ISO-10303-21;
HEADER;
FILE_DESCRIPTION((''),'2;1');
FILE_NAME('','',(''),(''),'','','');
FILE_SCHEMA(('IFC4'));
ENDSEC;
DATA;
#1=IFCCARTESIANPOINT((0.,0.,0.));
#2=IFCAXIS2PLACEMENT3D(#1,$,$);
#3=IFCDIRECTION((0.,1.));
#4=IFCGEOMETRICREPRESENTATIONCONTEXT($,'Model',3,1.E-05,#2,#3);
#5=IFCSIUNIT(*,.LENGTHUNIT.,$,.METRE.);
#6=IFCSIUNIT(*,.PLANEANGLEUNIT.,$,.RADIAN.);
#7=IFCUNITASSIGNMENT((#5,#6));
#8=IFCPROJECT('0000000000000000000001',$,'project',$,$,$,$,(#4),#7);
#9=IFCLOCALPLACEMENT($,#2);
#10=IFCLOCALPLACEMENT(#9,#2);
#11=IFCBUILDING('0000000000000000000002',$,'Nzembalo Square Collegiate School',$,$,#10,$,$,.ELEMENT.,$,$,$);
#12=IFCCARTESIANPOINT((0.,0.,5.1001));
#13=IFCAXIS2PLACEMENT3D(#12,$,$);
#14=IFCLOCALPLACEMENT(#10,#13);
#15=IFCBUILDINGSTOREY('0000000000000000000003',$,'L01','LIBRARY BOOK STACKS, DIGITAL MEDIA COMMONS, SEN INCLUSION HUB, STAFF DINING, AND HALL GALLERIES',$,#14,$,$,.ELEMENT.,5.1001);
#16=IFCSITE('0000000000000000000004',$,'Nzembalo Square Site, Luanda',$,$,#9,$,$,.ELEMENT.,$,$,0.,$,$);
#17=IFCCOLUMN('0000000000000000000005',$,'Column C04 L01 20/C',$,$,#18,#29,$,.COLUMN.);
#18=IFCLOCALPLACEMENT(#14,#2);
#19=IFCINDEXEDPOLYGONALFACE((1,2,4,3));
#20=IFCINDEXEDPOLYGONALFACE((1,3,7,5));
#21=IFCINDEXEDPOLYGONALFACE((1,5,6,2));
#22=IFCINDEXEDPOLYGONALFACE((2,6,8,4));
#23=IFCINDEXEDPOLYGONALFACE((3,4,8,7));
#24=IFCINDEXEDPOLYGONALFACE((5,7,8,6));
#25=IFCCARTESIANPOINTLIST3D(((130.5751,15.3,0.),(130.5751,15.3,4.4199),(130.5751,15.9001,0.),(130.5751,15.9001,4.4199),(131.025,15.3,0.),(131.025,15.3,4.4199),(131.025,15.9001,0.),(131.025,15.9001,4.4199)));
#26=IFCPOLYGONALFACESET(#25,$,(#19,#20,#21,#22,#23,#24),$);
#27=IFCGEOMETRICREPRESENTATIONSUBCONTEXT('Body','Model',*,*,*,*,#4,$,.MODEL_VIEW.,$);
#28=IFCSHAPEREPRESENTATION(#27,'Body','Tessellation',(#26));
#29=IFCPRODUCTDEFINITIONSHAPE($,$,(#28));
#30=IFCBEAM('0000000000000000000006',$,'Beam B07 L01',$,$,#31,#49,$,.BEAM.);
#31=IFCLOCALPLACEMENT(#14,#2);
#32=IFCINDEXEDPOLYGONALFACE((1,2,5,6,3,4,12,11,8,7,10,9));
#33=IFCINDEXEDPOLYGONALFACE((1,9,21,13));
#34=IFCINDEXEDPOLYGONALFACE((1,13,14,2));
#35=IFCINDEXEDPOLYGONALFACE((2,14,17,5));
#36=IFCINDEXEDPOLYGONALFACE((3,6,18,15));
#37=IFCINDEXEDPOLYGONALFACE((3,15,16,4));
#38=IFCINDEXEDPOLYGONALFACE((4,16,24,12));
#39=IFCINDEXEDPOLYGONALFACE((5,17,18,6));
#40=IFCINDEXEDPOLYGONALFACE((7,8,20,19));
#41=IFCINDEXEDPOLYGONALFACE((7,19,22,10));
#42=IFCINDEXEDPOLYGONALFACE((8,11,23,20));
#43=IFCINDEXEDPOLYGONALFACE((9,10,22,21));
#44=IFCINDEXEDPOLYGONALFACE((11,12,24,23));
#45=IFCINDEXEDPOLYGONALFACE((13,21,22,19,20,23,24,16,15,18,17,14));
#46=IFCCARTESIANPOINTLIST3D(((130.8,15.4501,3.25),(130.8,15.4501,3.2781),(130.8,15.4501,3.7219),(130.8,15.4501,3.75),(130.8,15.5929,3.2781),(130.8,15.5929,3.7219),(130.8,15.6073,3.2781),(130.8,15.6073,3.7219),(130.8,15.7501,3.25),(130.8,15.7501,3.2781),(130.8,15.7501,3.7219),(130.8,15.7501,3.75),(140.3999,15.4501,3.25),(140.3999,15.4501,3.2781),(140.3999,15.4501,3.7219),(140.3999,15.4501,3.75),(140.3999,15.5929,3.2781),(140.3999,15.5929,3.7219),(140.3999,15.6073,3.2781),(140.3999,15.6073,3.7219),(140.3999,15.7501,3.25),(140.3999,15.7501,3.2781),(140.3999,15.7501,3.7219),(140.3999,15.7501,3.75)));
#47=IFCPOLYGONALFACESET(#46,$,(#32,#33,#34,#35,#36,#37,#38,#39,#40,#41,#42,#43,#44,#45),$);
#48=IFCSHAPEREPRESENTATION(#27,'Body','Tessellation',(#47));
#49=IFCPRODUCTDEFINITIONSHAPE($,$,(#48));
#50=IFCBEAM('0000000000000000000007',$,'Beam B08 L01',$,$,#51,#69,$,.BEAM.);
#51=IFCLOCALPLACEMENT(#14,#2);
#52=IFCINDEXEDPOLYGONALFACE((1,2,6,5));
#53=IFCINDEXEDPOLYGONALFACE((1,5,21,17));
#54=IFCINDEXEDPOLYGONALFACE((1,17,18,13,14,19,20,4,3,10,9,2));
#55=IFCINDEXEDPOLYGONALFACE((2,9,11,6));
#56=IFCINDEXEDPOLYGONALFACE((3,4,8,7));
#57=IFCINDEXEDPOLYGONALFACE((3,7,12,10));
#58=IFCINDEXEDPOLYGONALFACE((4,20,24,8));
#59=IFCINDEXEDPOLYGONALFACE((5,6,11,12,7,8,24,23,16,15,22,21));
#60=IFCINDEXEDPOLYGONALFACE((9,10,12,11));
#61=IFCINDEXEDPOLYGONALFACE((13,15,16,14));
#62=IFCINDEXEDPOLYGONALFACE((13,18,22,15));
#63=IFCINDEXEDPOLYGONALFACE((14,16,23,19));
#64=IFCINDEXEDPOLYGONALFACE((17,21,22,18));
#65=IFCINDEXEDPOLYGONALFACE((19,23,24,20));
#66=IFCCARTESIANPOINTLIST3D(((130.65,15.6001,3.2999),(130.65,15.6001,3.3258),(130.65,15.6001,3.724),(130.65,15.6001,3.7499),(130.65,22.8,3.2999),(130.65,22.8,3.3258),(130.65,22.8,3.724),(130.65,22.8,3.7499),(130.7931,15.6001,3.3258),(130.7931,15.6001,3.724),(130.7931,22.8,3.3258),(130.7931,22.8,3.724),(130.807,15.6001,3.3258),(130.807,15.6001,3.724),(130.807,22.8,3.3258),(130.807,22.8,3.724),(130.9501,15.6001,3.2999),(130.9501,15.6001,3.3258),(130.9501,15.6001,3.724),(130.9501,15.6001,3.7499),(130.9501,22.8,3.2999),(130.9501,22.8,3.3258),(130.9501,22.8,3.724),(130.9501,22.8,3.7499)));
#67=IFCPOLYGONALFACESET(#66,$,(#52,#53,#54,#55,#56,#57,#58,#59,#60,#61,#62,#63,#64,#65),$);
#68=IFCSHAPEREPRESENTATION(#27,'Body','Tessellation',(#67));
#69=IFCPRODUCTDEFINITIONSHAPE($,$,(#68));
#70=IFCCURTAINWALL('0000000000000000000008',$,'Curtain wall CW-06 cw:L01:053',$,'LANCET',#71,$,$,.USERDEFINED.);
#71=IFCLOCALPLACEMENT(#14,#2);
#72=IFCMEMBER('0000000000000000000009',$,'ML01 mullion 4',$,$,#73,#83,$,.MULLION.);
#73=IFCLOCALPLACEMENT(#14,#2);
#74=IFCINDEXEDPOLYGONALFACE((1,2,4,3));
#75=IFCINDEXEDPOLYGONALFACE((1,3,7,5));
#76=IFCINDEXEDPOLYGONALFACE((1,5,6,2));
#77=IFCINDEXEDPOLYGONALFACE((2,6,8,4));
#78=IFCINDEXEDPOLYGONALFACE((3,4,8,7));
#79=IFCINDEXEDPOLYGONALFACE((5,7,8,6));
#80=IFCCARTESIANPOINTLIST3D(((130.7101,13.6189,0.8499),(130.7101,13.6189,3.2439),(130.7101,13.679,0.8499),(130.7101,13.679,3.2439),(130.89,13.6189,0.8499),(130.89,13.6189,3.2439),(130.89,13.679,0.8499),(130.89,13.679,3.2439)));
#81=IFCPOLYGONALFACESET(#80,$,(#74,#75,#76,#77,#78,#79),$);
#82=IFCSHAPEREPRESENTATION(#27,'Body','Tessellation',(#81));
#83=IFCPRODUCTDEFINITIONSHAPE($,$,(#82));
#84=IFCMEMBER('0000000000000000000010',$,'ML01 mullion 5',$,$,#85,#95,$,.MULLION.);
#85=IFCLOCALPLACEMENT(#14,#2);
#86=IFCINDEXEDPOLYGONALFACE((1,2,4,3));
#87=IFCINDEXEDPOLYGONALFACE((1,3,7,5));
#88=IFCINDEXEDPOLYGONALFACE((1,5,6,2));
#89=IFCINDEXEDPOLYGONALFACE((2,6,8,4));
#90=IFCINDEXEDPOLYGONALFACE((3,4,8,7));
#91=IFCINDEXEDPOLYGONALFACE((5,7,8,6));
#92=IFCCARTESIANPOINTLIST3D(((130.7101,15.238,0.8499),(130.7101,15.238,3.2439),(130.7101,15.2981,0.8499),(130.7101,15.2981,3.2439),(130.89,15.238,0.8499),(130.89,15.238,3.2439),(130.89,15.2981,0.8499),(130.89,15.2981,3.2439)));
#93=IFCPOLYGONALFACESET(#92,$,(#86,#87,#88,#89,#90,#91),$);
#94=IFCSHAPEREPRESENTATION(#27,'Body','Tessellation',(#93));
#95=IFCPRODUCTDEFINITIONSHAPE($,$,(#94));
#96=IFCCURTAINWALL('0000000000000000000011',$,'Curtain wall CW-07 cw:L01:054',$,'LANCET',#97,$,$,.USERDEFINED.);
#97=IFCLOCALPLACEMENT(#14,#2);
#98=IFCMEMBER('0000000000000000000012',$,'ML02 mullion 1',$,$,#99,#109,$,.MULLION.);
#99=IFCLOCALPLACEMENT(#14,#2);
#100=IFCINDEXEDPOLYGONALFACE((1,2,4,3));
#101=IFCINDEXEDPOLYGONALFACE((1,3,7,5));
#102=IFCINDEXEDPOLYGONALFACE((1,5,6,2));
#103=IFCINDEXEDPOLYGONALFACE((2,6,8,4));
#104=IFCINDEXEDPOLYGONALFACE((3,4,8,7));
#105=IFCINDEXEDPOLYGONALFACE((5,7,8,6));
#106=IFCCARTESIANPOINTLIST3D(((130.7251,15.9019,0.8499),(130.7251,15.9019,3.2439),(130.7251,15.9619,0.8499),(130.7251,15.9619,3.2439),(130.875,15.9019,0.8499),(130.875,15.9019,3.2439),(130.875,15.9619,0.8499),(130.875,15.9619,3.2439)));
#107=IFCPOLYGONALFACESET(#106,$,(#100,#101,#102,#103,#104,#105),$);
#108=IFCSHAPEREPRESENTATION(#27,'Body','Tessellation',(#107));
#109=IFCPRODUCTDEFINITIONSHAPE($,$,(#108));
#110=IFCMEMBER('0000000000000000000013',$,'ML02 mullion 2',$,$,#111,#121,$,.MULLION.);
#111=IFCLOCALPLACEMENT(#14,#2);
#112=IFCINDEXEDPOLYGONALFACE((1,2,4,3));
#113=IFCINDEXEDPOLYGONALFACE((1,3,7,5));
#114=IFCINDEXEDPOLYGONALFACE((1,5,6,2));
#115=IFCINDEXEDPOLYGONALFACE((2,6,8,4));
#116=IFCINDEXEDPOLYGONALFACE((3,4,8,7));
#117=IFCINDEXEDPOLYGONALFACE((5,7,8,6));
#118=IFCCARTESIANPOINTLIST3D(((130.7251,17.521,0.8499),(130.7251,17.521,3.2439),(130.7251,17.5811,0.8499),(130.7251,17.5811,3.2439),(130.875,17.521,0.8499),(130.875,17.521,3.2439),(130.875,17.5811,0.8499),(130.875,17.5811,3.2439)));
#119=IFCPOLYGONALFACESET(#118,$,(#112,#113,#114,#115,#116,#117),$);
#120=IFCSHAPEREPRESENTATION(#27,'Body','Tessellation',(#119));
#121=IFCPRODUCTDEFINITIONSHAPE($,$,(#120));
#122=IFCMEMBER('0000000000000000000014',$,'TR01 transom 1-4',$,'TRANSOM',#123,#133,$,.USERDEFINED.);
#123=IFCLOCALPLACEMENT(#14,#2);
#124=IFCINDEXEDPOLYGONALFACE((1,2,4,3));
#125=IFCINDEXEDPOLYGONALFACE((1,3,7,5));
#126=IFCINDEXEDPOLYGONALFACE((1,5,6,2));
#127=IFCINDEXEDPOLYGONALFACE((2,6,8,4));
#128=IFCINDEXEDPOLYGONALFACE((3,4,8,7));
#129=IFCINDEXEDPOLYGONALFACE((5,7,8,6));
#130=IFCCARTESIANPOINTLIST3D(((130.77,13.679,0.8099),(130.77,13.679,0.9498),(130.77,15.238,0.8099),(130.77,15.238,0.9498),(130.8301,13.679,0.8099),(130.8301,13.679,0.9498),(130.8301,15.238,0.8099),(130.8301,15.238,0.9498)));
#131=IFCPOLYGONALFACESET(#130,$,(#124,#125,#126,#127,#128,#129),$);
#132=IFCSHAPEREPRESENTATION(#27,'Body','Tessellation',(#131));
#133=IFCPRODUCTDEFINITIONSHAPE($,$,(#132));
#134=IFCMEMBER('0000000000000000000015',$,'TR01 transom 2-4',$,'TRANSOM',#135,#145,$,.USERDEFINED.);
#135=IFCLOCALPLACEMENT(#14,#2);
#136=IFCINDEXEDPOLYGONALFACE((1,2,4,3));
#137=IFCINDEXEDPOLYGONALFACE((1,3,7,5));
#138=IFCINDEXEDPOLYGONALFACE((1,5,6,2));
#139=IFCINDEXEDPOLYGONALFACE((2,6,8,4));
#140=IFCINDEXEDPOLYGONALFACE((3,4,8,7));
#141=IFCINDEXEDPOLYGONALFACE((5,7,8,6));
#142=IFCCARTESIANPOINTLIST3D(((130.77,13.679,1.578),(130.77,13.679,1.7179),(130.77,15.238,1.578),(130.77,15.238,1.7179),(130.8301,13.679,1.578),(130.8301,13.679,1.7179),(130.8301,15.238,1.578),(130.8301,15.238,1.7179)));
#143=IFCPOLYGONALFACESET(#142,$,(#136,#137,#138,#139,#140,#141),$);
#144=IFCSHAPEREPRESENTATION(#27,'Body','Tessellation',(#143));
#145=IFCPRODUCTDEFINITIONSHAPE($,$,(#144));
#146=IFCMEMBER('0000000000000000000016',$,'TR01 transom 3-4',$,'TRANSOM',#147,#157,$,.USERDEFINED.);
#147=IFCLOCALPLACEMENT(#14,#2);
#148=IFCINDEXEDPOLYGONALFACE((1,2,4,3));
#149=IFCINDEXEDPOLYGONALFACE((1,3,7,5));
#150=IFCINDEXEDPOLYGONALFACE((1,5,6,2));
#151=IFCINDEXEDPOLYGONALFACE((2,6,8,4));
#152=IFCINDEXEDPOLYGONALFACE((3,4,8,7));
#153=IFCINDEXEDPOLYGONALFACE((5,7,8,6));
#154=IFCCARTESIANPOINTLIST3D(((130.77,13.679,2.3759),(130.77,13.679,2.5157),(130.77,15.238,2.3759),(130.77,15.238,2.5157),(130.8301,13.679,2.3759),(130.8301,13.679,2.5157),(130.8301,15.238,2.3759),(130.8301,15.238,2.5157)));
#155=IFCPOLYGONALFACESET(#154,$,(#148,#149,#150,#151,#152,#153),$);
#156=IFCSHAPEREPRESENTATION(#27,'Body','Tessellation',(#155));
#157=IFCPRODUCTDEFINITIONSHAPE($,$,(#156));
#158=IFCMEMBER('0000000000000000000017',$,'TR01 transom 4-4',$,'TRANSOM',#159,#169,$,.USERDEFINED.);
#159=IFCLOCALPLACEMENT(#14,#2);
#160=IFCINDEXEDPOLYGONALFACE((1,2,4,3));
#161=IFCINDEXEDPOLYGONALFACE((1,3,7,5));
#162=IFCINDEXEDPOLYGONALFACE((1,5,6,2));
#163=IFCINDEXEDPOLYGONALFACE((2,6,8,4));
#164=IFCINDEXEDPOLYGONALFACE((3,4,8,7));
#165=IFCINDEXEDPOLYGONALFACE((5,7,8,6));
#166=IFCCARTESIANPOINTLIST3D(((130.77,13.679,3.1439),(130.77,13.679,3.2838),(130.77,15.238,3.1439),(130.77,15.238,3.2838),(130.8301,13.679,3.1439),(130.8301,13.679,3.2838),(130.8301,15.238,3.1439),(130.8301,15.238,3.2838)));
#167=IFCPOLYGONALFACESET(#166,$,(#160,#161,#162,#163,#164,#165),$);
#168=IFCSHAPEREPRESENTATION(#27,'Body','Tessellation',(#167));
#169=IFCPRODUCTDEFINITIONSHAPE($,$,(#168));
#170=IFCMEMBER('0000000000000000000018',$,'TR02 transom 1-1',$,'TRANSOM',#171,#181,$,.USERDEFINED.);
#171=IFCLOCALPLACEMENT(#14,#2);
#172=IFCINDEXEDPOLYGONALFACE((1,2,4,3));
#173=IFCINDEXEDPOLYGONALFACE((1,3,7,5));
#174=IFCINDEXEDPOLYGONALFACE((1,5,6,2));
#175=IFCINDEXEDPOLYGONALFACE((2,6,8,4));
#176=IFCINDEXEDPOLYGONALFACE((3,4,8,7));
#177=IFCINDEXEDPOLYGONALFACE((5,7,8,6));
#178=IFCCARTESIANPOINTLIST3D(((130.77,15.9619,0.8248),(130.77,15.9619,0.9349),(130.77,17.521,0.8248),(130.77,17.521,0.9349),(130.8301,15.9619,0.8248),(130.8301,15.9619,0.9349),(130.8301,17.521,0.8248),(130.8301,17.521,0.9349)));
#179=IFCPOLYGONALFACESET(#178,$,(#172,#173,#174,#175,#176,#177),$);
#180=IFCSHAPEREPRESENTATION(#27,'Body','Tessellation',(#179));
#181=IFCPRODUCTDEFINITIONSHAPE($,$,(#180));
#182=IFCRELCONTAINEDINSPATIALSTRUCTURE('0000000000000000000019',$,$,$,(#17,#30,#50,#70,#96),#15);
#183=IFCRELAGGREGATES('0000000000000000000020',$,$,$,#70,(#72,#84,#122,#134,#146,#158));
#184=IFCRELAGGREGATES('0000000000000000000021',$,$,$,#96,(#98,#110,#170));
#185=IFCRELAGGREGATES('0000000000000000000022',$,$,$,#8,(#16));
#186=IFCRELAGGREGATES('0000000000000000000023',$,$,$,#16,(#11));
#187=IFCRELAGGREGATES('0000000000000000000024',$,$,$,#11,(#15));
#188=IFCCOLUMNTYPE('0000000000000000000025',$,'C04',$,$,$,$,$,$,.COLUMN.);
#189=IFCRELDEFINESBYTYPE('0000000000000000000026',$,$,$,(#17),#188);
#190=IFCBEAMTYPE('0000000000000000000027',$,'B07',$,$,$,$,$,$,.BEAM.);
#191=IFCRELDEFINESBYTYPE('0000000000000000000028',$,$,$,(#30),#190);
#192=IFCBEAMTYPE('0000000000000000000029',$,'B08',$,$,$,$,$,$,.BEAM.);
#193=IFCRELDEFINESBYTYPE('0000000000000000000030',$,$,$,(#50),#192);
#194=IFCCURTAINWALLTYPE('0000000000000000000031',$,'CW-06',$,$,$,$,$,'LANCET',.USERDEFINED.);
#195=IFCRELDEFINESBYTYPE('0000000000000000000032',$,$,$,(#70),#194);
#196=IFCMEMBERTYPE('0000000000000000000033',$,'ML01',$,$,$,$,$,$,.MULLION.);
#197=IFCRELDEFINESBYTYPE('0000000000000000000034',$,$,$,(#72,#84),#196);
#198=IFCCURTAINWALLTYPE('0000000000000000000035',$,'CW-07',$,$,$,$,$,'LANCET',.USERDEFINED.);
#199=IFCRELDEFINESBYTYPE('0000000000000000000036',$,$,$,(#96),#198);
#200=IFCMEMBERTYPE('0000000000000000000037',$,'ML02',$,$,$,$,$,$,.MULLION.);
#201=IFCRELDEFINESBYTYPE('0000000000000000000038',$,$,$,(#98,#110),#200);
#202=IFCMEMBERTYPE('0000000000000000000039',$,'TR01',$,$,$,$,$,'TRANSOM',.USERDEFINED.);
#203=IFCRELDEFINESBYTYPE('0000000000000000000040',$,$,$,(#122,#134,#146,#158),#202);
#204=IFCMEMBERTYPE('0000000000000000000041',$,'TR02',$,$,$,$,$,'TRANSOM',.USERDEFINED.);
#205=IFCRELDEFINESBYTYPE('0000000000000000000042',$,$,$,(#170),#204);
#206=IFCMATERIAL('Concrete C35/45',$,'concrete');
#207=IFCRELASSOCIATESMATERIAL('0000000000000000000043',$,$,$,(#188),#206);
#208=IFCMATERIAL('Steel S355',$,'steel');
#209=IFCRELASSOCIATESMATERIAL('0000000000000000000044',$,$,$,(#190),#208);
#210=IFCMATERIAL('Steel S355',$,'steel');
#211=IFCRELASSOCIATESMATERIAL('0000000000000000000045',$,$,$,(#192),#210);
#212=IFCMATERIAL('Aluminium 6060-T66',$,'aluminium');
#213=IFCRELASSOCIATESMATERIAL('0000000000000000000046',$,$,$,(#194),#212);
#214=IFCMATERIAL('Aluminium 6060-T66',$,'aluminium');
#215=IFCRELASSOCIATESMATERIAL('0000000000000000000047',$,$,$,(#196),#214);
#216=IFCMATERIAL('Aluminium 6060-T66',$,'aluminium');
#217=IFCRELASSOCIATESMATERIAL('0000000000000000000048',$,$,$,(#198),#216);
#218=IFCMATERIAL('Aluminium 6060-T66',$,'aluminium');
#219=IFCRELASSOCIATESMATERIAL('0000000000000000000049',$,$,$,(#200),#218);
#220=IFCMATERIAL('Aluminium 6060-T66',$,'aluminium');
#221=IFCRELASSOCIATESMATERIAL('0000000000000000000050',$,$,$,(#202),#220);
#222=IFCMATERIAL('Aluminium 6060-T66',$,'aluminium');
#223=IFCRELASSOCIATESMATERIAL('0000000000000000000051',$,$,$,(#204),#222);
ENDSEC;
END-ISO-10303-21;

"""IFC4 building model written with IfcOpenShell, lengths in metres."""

from ifc_helpers import new_model, si_unit, direction, frame, origin, origin_2d, place, context, subcontext, project, spatial, rectangle, i_section, extrude, material, material_profile, profile_set, type_object, element, aggregate, save


model = new_model("IFC4")

# Units and contexts
model_context = context("Model", 3, precision=1e-05, world=origin(), true_north=direction((0.0, 1.0)))
body_context = subcontext(model_context, "Body", "Model", "MODEL_VIEW")
ifc_project = project(units=[si_unit("LENGTHUNIT", "METRE"), si_unit("PLANEANGLEUNIT", "RADIAN")], contexts=[model_context])

# Site, building, storey
site_placement = place(None, origin())
site = spatial("IfcSite", under=ifc_project, at=site_placement, Name="Nzembalo Square Site, Luanda", CompositionType="ELEMENT", RefElevation=0.0)
building_placement = place(site_placement, origin())
building = spatial("IfcBuilding", under=site, at=building_placement, Name="Nzembalo Square Collegiate School", CompositionType="ELEMENT")
storey_placement = place(building_placement, frame((0.0, 0.0, 5.1001)))
storey = spatial("IfcBuildingStorey", under=building, at=storey_placement, Name="L01", Description="LIBRARY BOOK STACKS, DIGITAL MEDIA COMMONS, SEN INCLUSION HUB, STAFF DINING, AND HALL GALLERIES", CompositionType="ELEMENT", Elevation=5.1001)

# Column
ifc_material_1 = material(Name="Concrete C35/45", Category="concrete")
ifc_material_profile_1 = material_profile(ifc_material_1, rectangle(XDim=0.45, YDim=0.6001, at=origin_2d()), Name="RC 450x600")
ifc_profile_set_1 = profile_set([ifc_material_profile_1], Name="Concrete C35/45")
column_type = type_object("IfcColumnType", Name="C04", PredefinedType="COLUMN", material=ifc_profile_set_1)
column_placement = place(storey_placement, frame((130.8, 15.6001, 0.0), z_axis=(0.0, 0.0, 1.0), x_axis=(1.0, 0.0, 0.0)))
element("IfcColumn", 1, at=column_placement, inside=storey, type_object=column_type, Name="Column C04 L01 20/C", PredefinedType="COLUMN", context=body_context, shape_type="SweptSolid", body=[
    extrude(rectangle(XDim=0.45, YDim=0.6001, at=origin_2d()), origin(), (0.0, 0.0, 1.0), 4.4199),
])

# Beams
ifc_material_2 = material(Name="Steel S355", Category="steel")
ifc_material_profile_2 = material_profile(ifc_material_2, i_section(OverallWidth=0.3, OverallDepth=0.5, WebThickness=0.0144, FlangeThickness=0.0281, at=origin_2d()), Name="HEB 500")
ifc_profile_set_2 = profile_set([ifc_material_profile_2], Name="Steel S355")
beam_type_1 = type_object("IfcBeamType", Name="B07", PredefinedType="BEAM", material=ifc_profile_set_2)
beam_1_placement = place(storey_placement, frame((130.8, 15.6001, 3.5), z_axis=(1.0, 0.0, 0.0), x_axis=(0.0, 1.0, 0.0)))
element("IfcBeam", 2, at=beam_1_placement, inside=storey, type_object=beam_type_1, Name="Beam B07 L01", PredefinedType="BEAM", context=body_context, shape_type="SweptSolid", body=[
    extrude(i_section(OverallWidth=0.3, OverallDepth=0.5, WebThickness=0.0144, FlangeThickness=0.0281, at=origin_2d()), origin(), (0.0, 0.0, 1.0), 9.5999),
])
ifc_material_3 = material(Name="Steel S355", Category="steel")
ifc_material_profile_3 = material_profile(ifc_material_3, i_section(OverallWidth=0.3, OverallDepth=0.45, WebThickness=0.0139, FlangeThickness=0.0259, at=origin_2d()), Name="HEB 450")
ifc_profile_set_3 = profile_set([ifc_material_profile_3], Name="Steel S355")
beam_type_2 = type_object("IfcBeamType", Name="B08", PredefinedType="BEAM", material=ifc_profile_set_3)
beam_2_placement = place(storey_placement, frame((130.8, 15.6001, 3.5249), z_axis=(0.0, 1.0, 0.0), x_axis=(-1.0, 0.0, 0.0)))
element("IfcBeam", 3, at=beam_2_placement, inside=storey, type_object=beam_type_2, Name="Beam B08 L01", PredefinedType="BEAM", context=body_context, shape_type="SweptSolid", body=[
    extrude(i_section(OverallWidth=0.3, OverallDepth=0.45, WebThickness=0.0139, FlangeThickness=0.0259, at=origin_2d()), origin(), (0.0, 0.0, 1.0), 7.2),
])

# Curtain walls, members
ifc_material_4 = material(Name="Aluminium 6060-T66", Category="aluminium")
curtain_wall_type_1 = type_object("IfcCurtainWallType", Name="CW-06", ElementType="LANCET", PredefinedType="USERDEFINED", material=ifc_material_4)
curtain_wall_1_placement = place(storey_placement, origin())
curtain_wall_1 = element("IfcCurtainWall", 4, at=curtain_wall_1_placement, inside=storey, type_object=curtain_wall_type_1, Name="Curtain wall CW-06 cw:L01:053", ObjectType="LANCET", PredefinedType="USERDEFINED")
ifc_material_5 = material(Name="Aluminium 6060-T66", Category="aluminium")
ifc_material_profile_4 = material_profile(ifc_material_5, rectangle(XDim=0.0601, YDim=0.1799, at=origin_2d()), Name="ALU M60x180")
ifc_profile_set_4 = profile_set([ifc_material_profile_4], Name="Aluminium 6060-T66")
member_type_1 = type_object("IfcMemberType", Name="ML01", PredefinedType="MULLION", material=ifc_profile_set_4)
member_1_placement = place(storey_placement, frame((130.8, 13.6489, 0.8499), z_axis=(0.0, 0.0, 1.0), x_axis=(0.0, 1.0, 0.0)))
member_1 = element("IfcMember", 5, at=member_1_placement, type_object=member_type_1, Name="ML01 mullion 4", PredefinedType="MULLION", context=body_context, shape_type="SweptSolid", body=[
    extrude(rectangle(XDim=0.0601, YDim=0.1799, at=origin_2d()), origin(), (0.0, 0.0, 1.0), 2.394),
])
member_2_placement = place(storey_placement, frame((130.8, 15.2681, 0.8499), z_axis=(0.0, 0.0, 1.0), x_axis=(0.0, 1.0, 0.0)))
member_2 = element("IfcMember", 6, at=member_2_placement, type_object=member_type_1, Name="ML01 mullion 5", PredefinedType="MULLION", context=body_context, shape_type="SweptSolid", body=[
    extrude(rectangle(XDim=0.0601, YDim=0.1799, at=origin_2d()), origin(), (0.0, 0.0, 1.0), 2.394),
])
ifc_material_6 = material(Name="Aluminium 6060-T66", Category="aluminium")
curtain_wall_type_2 = type_object("IfcCurtainWallType", Name="CW-07", ElementType="LANCET", PredefinedType="USERDEFINED", material=ifc_material_6)
curtain_wall_2_placement = place(storey_placement, origin())
curtain_wall_2 = element("IfcCurtainWall", 7, at=curtain_wall_2_placement, inside=storey, type_object=curtain_wall_type_2, Name="Curtain wall CW-07 cw:L01:054", ObjectType="LANCET", PredefinedType="USERDEFINED")
ifc_material_7 = material(Name="Aluminium 6060-T66", Category="aluminium")
ifc_material_profile_5 = material_profile(ifc_material_7, rectangle(XDim=0.0601, YDim=0.1499, at=origin_2d()), Name="ALU M60x150")
ifc_profile_set_5 = profile_set([ifc_material_profile_5], Name="Aluminium 6060-T66")
member_type_2 = type_object("IfcMemberType", Name="ML02", PredefinedType="MULLION", material=ifc_profile_set_5)
member_3_placement = place(storey_placement, frame((130.8, 15.9319, 0.8499), z_axis=(0.0, 0.0, 1.0), x_axis=(0.0, 1.0, 0.0)))
member_3 = element("IfcMember", 8, at=member_3_placement, type_object=member_type_2, Name="ML02 mullion 1", PredefinedType="MULLION", context=body_context, shape_type="SweptSolid", body=[
    extrude(rectangle(XDim=0.0601, YDim=0.1499, at=origin_2d()), origin(), (0.0, 0.0, 1.0), 2.394),
])
member_4_placement = place(storey_placement, frame((130.8, 17.551, 0.8499), z_axis=(0.0, 0.0, 1.0), x_axis=(0.0, 1.0, 0.0)))
member_4 = element("IfcMember", 9, at=member_4_placement, type_object=member_type_2, Name="ML02 mullion 2", PredefinedType="MULLION", context=body_context, shape_type="SweptSolid", body=[
    extrude(rectangle(XDim=0.0601, YDim=0.1499, at=origin_2d()), origin(), (0.0, 0.0, 1.0), 2.394),
])

# Members
ifc_material_8 = material(Name="Aluminium 6060-T66", Category="aluminium")
ifc_material_profile_6 = material_profile(ifc_material_8, rectangle(XDim=0.0601, YDim=0.1399, at=origin_2d()), Name="ALU T60x140")
ifc_profile_set_6 = profile_set([ifc_material_profile_6], Name="Aluminium 6060-T66")
member_type_3 = type_object("IfcMemberType", Name="TR01", ElementType="TRANSOM", PredefinedType="USERDEFINED", material=ifc_profile_set_6)
member_5_placement = place(storey_placement, frame((130.8, 13.679, 0.8799), z_axis=(0.0, 1.0, 0.0), x_axis=(-1.0, 0.0, 0.0)))
member_5 = element("IfcMember", 10, at=member_5_placement, type_object=member_type_3, Name="TR01 transom 1-4", ObjectType="TRANSOM", PredefinedType="USERDEFINED", context=body_context, shape_type="SweptSolid", body=[
    extrude(rectangle(XDim=0.0601, YDim=0.1399, at=origin_2d()), origin(), (0.0, 0.0, 1.0), 1.5591),
])
member_6_placement = place(storey_placement, frame((130.8, 13.679, 1.6479), z_axis=(0.0, 1.0, 0.0), x_axis=(-1.0, 0.0, 0.0)))
member_6 = element("IfcMember", 11, at=member_6_placement, type_object=member_type_3, Name="TR01 transom 2-4", ObjectType="TRANSOM", PredefinedType="USERDEFINED", context=body_context, shape_type="SweptSolid", body=[
    extrude(rectangle(XDim=0.0601, YDim=0.1399, at=origin_2d()), origin(), (0.0, 0.0, 1.0), 1.5591),
])
member_7_placement = place(storey_placement, frame((130.8, 13.679, 2.4458), z_axis=(0.0, 1.0, 0.0), x_axis=(-1.0, 0.0, 0.0)))
member_7 = element("IfcMember", 12, at=member_7_placement, type_object=member_type_3, Name="TR01 transom 3-4", ObjectType="TRANSOM", PredefinedType="USERDEFINED", context=body_context, shape_type="SweptSolid", body=[
    extrude(rectangle(XDim=0.0601, YDim=0.1399, at=origin_2d()), origin(), (0.0, 0.0, 1.0), 1.5591),
])
member_8_placement = place(storey_placement, frame((130.8, 13.679, 3.2139), z_axis=(0.0, 1.0, 0.0), x_axis=(-1.0, 0.0, 0.0)))
member_8 = element("IfcMember", 13, at=member_8_placement, type_object=member_type_3, Name="TR01 transom 4-4", ObjectType="TRANSOM", PredefinedType="USERDEFINED", context=body_context, shape_type="SweptSolid", body=[
    extrude(rectangle(XDim=0.0601, YDim=0.1399, at=origin_2d()), origin(), (0.0, 0.0, 1.0), 1.5591),
])
ifc_material_9 = material(Name="Aluminium 6060-T66", Category="aluminium")
ifc_material_profile_7 = material_profile(ifc_material_9, rectangle(XDim=0.0601, YDim=0.1101, at=origin_2d()), Name="ALU T60x110")
ifc_profile_set_7 = profile_set([ifc_material_profile_7], Name="Aluminium 6060-T66")
member_type_4 = type_object("IfcMemberType", Name="TR02", ElementType="TRANSOM", PredefinedType="USERDEFINED", material=ifc_profile_set_7)
member_9_placement = place(storey_placement, frame((130.8, 15.9619, 0.8799), z_axis=(0.0, 1.0, 0.0), x_axis=(-1.0, 0.0, 0.0)))
member_9 = element("IfcMember", 14, at=member_9_placement, type_object=member_type_4, Name="TR02 transom 1-1", ObjectType="TRANSOM", PredefinedType="USERDEFINED", context=body_context, shape_type="SweptSolid", body=[
    extrude(rectangle(XDim=0.0601, YDim=0.1101, at=origin_2d()), origin(), (0.0, 0.0, 1.0), 1.5591),
])

aggregate(curtain_wall_1, [member_1, member_2, member_5, member_6, member_7, member_8])
aggregate(curtain_wall_2, [member_3, member_4, member_9])

save(model, "model.ifc")
